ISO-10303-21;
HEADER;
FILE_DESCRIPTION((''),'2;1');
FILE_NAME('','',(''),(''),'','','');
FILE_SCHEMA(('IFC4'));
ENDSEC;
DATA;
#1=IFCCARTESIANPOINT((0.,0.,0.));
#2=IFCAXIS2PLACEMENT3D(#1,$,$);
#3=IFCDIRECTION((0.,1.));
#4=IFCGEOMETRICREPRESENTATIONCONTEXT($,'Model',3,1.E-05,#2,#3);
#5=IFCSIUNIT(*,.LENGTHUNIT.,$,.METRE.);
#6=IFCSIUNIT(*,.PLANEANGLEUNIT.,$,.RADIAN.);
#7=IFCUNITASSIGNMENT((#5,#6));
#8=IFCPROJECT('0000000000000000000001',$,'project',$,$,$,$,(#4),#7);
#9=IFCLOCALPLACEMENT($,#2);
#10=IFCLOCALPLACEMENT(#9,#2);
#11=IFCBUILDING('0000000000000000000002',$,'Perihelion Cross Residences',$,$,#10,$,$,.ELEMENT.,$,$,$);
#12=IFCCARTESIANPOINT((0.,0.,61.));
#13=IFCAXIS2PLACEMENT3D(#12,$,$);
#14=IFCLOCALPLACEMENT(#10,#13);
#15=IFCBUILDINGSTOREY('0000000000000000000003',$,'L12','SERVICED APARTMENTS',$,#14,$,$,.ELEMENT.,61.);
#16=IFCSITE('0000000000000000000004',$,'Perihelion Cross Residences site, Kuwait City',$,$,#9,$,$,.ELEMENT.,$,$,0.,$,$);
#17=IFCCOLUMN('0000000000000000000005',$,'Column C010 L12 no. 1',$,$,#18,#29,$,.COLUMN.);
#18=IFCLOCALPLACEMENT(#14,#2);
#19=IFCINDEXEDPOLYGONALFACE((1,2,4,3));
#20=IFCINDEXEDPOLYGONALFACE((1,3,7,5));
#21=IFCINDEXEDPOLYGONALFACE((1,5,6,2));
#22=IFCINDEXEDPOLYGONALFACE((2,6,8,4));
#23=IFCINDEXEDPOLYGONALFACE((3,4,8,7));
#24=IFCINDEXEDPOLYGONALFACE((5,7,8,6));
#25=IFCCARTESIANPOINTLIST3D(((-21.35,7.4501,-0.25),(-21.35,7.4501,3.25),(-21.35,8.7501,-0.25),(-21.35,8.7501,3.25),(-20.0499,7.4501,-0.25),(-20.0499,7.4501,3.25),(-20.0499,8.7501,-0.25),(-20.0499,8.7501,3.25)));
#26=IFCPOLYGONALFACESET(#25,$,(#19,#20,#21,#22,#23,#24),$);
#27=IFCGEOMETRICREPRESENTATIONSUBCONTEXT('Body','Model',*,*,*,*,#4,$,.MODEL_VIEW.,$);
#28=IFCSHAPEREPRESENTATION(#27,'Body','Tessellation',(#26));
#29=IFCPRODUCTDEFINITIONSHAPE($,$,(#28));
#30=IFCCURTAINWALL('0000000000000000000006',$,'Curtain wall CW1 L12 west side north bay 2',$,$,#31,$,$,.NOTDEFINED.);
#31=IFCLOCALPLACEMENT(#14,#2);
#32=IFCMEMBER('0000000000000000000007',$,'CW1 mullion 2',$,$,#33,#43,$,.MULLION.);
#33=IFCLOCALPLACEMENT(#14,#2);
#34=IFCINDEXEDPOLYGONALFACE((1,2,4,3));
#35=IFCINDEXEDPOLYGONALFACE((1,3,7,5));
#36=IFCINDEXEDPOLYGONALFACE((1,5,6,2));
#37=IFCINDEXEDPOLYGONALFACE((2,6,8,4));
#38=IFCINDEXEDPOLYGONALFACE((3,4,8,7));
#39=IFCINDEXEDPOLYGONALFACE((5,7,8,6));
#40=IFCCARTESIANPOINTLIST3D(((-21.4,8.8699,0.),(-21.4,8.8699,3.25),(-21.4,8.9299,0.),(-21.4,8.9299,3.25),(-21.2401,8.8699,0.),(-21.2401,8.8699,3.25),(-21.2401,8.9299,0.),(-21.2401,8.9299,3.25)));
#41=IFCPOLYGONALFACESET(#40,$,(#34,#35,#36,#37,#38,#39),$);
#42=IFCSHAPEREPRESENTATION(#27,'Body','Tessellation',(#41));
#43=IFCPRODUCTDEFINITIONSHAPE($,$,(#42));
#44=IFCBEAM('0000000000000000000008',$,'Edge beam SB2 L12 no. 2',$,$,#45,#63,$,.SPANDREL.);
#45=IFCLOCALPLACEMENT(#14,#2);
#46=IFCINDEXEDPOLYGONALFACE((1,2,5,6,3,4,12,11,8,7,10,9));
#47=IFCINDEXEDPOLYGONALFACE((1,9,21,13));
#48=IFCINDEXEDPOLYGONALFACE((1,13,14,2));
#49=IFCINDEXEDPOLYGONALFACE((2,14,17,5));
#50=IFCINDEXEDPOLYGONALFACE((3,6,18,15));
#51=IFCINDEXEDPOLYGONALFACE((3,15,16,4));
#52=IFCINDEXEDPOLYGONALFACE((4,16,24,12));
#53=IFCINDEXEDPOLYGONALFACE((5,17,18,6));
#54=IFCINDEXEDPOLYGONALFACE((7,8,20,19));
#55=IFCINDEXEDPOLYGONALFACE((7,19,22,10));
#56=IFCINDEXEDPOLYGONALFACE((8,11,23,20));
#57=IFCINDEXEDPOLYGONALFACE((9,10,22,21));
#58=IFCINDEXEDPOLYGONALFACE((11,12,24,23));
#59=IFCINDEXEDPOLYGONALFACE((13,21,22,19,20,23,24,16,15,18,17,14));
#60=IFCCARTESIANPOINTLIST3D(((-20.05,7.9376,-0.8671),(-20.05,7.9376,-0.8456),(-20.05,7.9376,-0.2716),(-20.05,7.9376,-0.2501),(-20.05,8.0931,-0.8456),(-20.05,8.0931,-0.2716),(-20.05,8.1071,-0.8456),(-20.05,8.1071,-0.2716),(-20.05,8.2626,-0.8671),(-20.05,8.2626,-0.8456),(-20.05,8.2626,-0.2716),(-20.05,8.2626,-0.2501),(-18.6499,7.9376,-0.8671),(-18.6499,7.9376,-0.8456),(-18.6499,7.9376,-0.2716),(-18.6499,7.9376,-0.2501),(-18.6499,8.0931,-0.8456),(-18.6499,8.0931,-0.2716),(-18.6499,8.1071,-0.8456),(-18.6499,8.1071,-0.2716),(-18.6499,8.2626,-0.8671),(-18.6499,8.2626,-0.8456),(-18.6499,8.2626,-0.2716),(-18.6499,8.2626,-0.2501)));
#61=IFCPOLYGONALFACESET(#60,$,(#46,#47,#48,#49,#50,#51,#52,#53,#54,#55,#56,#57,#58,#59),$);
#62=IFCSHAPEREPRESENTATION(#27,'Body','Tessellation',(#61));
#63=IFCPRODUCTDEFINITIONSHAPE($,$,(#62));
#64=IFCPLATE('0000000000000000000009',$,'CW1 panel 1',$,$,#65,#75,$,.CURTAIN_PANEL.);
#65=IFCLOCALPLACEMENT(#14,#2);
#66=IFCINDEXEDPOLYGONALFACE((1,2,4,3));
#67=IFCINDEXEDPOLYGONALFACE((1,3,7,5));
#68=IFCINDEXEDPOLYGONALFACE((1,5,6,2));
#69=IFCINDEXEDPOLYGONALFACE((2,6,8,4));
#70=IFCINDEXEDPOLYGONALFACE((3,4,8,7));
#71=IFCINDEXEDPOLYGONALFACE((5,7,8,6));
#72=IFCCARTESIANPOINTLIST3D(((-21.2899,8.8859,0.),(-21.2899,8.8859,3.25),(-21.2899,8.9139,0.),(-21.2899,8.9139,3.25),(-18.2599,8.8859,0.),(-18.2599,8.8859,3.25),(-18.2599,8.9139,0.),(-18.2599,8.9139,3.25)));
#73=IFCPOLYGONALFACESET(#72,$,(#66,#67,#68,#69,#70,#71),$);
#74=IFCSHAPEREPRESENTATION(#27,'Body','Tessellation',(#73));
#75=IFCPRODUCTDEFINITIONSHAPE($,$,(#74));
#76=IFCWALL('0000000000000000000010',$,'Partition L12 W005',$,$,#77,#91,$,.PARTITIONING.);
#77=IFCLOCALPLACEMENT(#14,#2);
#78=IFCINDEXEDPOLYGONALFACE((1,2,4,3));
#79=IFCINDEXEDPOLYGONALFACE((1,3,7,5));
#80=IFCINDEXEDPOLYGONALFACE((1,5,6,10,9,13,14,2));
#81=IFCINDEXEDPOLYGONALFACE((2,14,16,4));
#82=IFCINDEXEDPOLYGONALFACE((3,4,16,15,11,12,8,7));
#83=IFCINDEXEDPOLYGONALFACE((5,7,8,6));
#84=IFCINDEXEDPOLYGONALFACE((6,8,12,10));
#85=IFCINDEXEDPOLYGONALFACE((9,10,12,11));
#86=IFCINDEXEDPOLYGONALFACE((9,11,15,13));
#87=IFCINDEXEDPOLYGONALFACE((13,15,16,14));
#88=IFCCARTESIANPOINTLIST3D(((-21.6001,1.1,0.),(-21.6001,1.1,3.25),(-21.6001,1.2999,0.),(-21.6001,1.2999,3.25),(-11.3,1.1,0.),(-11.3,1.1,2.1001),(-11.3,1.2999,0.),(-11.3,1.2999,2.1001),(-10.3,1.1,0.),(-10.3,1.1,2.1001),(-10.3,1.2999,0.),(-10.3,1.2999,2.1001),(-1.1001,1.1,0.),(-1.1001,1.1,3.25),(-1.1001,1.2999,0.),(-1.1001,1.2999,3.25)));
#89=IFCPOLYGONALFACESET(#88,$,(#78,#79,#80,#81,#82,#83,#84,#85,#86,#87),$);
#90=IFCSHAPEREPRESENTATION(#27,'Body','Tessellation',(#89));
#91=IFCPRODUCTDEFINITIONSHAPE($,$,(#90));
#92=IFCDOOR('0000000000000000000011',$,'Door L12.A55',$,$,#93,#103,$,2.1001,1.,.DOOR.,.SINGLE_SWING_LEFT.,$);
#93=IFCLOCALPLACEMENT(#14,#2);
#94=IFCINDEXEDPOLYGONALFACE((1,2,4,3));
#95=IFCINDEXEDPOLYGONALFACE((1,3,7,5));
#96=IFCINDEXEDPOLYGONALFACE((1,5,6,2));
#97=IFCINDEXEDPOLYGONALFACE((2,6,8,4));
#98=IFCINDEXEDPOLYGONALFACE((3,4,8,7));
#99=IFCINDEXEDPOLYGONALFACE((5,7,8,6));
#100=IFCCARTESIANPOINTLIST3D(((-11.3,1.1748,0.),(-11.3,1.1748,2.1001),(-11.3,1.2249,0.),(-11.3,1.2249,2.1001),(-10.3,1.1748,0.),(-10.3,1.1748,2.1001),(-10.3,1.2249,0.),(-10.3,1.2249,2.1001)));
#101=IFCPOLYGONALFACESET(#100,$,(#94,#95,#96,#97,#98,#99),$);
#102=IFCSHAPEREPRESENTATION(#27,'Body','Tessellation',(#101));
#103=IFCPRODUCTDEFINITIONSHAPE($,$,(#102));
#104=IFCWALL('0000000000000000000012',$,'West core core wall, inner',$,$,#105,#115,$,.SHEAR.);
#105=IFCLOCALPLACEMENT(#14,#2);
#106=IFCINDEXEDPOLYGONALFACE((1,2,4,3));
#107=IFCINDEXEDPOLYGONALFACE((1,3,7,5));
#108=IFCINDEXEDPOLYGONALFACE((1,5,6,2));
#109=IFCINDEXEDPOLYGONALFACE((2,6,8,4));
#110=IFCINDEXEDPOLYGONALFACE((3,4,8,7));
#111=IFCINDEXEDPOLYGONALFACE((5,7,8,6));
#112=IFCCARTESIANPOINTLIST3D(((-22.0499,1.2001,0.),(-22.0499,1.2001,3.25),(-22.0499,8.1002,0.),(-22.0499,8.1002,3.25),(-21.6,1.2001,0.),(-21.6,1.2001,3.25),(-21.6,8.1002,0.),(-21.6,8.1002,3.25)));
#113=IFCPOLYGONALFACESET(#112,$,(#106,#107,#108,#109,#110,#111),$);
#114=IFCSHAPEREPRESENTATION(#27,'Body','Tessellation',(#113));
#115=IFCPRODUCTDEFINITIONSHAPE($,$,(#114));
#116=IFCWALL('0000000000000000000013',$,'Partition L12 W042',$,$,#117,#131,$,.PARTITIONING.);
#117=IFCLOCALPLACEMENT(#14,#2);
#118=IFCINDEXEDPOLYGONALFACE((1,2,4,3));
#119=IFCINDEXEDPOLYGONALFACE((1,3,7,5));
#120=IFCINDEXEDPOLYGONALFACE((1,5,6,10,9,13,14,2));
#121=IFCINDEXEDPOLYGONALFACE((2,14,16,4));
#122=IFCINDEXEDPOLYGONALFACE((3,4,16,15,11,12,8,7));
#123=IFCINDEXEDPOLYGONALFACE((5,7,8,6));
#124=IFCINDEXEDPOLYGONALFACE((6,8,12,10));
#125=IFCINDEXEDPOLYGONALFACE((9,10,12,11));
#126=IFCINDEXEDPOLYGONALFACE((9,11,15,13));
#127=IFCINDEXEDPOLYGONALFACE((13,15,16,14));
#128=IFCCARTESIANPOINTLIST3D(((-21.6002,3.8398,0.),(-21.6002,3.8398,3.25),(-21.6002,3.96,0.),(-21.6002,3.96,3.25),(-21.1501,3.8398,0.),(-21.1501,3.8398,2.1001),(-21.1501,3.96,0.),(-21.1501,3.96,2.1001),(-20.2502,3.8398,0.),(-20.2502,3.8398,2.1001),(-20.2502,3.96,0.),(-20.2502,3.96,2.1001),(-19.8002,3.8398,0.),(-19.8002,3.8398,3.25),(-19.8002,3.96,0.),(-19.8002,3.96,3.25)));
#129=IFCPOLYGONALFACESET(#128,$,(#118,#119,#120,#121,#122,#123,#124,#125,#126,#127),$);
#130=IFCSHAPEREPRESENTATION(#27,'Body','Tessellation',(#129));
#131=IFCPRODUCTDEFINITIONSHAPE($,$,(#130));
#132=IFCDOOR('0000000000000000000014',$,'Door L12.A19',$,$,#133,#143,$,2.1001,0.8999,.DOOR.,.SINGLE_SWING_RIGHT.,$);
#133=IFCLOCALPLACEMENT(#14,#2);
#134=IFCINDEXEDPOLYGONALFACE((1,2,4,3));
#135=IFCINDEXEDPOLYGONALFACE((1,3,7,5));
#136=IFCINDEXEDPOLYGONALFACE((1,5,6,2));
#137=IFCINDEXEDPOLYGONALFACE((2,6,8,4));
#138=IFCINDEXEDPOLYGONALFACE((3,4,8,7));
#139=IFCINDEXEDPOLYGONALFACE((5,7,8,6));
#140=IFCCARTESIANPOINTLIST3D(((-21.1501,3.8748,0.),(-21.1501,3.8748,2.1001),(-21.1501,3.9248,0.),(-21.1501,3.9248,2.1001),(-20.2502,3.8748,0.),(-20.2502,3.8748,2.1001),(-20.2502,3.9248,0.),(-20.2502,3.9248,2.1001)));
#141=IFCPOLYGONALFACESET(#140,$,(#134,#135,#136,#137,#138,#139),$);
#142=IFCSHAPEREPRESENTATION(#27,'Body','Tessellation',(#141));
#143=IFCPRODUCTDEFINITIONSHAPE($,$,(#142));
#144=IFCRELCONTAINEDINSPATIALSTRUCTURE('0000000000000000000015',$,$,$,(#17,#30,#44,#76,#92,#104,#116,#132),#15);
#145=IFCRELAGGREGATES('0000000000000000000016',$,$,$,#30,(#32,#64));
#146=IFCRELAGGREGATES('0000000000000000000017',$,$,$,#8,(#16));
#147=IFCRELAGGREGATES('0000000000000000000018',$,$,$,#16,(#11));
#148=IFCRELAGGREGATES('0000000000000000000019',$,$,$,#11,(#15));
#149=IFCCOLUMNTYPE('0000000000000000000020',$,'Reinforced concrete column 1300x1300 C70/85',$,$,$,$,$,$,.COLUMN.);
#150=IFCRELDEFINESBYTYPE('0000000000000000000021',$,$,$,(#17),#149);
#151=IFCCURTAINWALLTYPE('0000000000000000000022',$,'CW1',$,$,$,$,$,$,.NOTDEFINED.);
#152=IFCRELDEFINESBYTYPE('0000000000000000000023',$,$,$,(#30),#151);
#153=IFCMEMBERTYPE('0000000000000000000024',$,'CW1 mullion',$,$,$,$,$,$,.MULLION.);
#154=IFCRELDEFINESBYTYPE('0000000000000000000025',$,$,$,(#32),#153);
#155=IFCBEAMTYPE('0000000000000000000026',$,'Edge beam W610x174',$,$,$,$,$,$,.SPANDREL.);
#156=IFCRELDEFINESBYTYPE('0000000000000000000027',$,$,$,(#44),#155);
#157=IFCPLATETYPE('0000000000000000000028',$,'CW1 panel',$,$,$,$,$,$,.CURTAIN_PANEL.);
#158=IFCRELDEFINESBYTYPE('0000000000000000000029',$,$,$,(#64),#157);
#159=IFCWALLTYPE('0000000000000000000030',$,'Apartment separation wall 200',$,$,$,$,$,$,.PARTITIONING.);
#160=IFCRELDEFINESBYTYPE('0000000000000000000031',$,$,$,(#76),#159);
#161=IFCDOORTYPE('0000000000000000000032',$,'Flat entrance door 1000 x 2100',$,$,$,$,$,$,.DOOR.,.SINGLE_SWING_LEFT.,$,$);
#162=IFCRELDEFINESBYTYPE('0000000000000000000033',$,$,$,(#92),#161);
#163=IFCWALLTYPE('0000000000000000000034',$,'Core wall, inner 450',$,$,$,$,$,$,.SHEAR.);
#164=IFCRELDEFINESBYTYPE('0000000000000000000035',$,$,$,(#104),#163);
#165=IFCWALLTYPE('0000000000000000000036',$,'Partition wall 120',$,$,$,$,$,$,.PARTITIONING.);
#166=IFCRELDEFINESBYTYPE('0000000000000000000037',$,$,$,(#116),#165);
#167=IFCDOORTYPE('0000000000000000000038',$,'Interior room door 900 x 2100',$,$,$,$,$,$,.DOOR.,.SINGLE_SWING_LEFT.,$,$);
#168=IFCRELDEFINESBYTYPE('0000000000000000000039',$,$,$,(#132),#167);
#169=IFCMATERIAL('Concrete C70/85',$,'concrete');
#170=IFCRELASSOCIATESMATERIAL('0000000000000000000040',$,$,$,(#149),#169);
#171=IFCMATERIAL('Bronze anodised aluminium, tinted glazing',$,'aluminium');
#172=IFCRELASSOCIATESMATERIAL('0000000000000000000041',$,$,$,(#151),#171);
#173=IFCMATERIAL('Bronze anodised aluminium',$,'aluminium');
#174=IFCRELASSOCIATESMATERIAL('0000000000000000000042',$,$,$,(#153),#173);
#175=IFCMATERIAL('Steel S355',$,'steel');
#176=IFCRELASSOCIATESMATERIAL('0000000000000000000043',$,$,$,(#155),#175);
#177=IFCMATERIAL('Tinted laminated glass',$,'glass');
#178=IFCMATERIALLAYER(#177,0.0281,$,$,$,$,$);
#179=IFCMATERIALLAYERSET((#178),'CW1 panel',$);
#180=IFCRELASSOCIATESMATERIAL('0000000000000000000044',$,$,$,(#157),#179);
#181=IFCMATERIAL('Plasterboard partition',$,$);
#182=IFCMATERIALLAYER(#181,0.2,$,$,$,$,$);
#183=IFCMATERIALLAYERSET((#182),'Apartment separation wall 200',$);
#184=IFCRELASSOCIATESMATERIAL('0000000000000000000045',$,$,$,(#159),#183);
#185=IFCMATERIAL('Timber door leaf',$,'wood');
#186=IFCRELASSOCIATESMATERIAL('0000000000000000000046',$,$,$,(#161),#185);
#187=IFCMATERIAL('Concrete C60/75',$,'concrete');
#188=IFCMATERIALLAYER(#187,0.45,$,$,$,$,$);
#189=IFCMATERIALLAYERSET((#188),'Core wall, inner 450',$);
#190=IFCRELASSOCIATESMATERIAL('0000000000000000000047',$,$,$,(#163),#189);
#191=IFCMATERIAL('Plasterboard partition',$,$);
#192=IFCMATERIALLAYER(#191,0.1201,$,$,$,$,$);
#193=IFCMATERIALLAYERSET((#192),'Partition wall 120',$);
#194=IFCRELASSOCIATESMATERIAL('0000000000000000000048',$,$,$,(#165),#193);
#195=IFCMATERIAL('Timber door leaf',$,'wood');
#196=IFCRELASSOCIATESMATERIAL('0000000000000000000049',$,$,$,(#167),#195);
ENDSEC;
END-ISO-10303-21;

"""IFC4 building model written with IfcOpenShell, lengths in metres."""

from ifc_helpers import new_model, si_unit, direction, frame, frame_2d, origin, origin_2d, place, context, subcontext, project, spatial, rectangle, i_section, extrude, material, layer, layer_set, material_profile, profile_set, type_object, element, fill, aggregate, save


model = new_model("IFC4")

# Units and contexts
model_context = context("Model", 3, precision=1e-05, world=origin(), true_north=direction((0.0, 1.0)))
body_context = subcontext(model_context, "Body", "Model", "MODEL_VIEW")
ifc_project = project(units=[si_unit("LENGTHUNIT", "METRE"), si_unit("PLANEANGLEUNIT", "RADIAN")], contexts=[model_context])

# Site, building, storey
site_placement = place(None, origin())
site = spatial("IfcSite", under=ifc_project, at=site_placement, Name="Perihelion Cross Residences site, Kuwait City", CompositionType="ELEMENT", RefElevation=0.0)
building_placement = place(site_placement, origin())
building = spatial("IfcBuilding", under=site, at=building_placement, Name="Perihelion Cross Residences", CompositionType="ELEMENT")
storey_placement = place(building_placement, frame((0.0, 0.0, 61.0)))
storey = spatial("IfcBuildingStorey", under=building, at=storey_placement, Name="L12", Description="SERVICED APARTMENTS", CompositionType="ELEMENT", Elevation=61.0)

# Column
ifc_material_1 = material(Name="Concrete C70/85", Category="concrete")
ifc_material_profile_1 = material_profile(ifc_material_1, rectangle(XDim=1.3, YDim=1.3, at=origin_2d()), Name="RC 1300x1300")
ifc_profile_set_1 = profile_set([ifc_material_profile_1], Name="Concrete C70/85")
column_type = type_object("IfcColumnType", Name="Reinforced concrete column 1300x1300 C70/85", PredefinedType="COLUMN", material=ifc_profile_set_1)
column_placement = place(storey_placement, frame((-20.7, 8.1001, -0.25), z_axis=(0.0, 0.0, 1.0), x_axis=(1.0, 0.0, 0.0)))
element("IfcColumn", 1, at=column_placement, inside=storey, type_object=column_type, Name="Column C010 L12 no. 1", PredefinedType="COLUMN", context=body_context, shape_type="SweptSolid", body=[
    extrude(rectangle(XDim=1.3, YDim=1.3, at=origin_2d()), origin(), (0.0, 0.0, 1.0), 3.5),
])

# Curtain wall, member
ifc_material_2 = material(Name="Bronze anodised aluminium, tinted glazing", Category="aluminium")
curtain_wall_type = type_object("IfcCurtainWallType", Name="CW1", PredefinedType="NOTDEFINED", material=ifc_material_2)
curtain_wall_placement = place(storey_placement, origin())
curtain_wall = element("IfcCurtainWall", 2, at=curtain_wall_placement, inside=storey, type_object=curtain_wall_type, Name="Curtain wall CW1 L12 west side north bay 2", PredefinedType="NOTDEFINED")
ifc_material_3 = material(Name="Bronze anodised aluminium", Category="aluminium")
ifc_material_profile_2 = material_profile(ifc_material_3, rectangle(XDim=0.0601, YDim=0.1599, at=origin_2d()), Name="CW1 mullion")
ifc_profile_set_2 = profile_set([ifc_material_profile_2], Name="Bronze anodised aluminium")
member_type = type_object("IfcMemberType", Name="CW1 mullion", PredefinedType="MULLION", material=ifc_profile_set_2)
member_placement = place(storey_placement, frame((-21.3201, 8.8999, 0.0), z_axis=(0.0, 0.0, 1.0), x_axis=(0.0, -1.0, 0.0)))
member = element("IfcMember", 3, at=member_placement, type_object=member_type, Name="CW1 mullion 2", PredefinedType="MULLION", context=body_context, shape_type="SweptSolid", body=[
    extrude(rectangle(XDim=0.0601, YDim=0.1599, at=origin_2d()), origin(), (0.0, 0.0, 1.0), 3.25),
])

# Beam
ifc_material_4 = material(Name="Steel S355", Category="steel")
ifc_material_profile_3 = material_profile(ifc_material_4, i_section(OverallWidth=0.325, OverallDepth=0.6169, WebThickness=0.0139, FlangeThickness=0.0215, at=origin_2d()), Name="W610x174")
ifc_profile_set_3 = profile_set([ifc_material_profile_3], Name="Steel S355")
beam_type = type_object("IfcBeamType", Name="Edge beam W610x174", PredefinedType="SPANDREL", material=ifc_profile_set_3)
beam_placement = place(storey_placement, frame((-18.6499, 8.1001, -0.5586), z_axis=(-1.0, 0.0, 0.0), x_axis=(0.0, -1.0, 0.0)))
element("IfcBeam", 4, at=beam_placement, inside=storey, type_object=beam_type, Name="Edge beam SB2 L12 no. 2", PredefinedType="SPANDREL", context=body_context, shape_type="SweptSolid", body=[
    extrude(i_section(OverallWidth=0.325, OverallDepth=0.6169, WebThickness=0.0139, FlangeThickness=0.0215, at=origin_2d()), origin(), (0.0, 0.0, 1.0), 1.4001),
])

# Plate
ifc_material_5 = material(Name="Tinted laminated glass", Category="glass")
ifc_layer_1 = layer(ifc_material_5, 0.0281)
ifc_layer_set_1 = layer_set([ifc_layer_1], Name="CW1 panel")
plate_type = type_object("IfcPlateType", Name="CW1 panel", PredefinedType="CURTAIN_PANEL", material=ifc_layer_set_1)
plate_placement = place(storey_placement, frame((-19.7749, 8.8999, 0.0), z_axis=(0.0, 0.0, 1.0), x_axis=(-1.0, 0.0, 0.0)))
plate = element("IfcPlate", 5, at=plate_placement, type_object=plate_type, Name="CW1 panel 1", PredefinedType="CURTAIN_PANEL", context=body_context, shape_type="SweptSolid", body=[
    extrude(rectangle(XDim=3.03, YDim=0.0281, at=origin_2d()), origin(), (0.0, 0.0, 1.0), 3.25),
])
aggregate(curtain_wall, [member, plate])

# Wall, opening, door
ifc_material_6 = material(Name="Plasterboard partition")
ifc_layer_2 = layer(ifc_material_6, 0.2)
ifc_layer_set_2 = layer_set([ifc_layer_2], Name="Apartment separation wall 200")
wall_type_1 = type_object("IfcWallType", Name="Apartment separation wall 200", PredefinedType="PARTITIONING", material=ifc_layer_set_2)
wall_1_placement = place(storey_placement, frame((-21.6001, 1.2, 0.0), z_axis=(0.0, 0.0, 1.0), x_axis=(1.0, 0.0, 0.0)))
wall_1 = element("IfcWall", 6, at=wall_1_placement, inside=storey, type_object=wall_type_1, Name="Partition L12 W005", PredefinedType="PARTITIONING", context=body_context, shape_type="SweptSolid", body=[
    extrude(rectangle(XDim=20.5, YDim=0.2, at=frame_2d((10.25, 0.0))), origin(), (0.0, 0.0, 1.0), 3.25),
])
opening_1_placement = place(wall_1_placement, frame((10.3, 0.0, 0.0)))
opening_1 = element("IfcOpeningElement", 7, at=opening_1_placement, cuts=wall_1, PredefinedType="OPENING", context=body_context, shape_type="SweptSolid", body=[
    extrude(rectangle(XDim=1.0, YDim=2.1001, at=frame_2d((0.5, 1.05))), frame((0.0, 0.1099, 0.0), z_axis=(0.0, -1.0, 0.0), x_axis=(1.0, 0.0, 0.0)), (0.0, 0.0, 1.0), 0.22),
])
ifc_material_7 = material(Name="Timber door leaf", Category="wood")
door_type_1 = type_object("IfcDoorType", Name="Flat entrance door 1000 x 2100", OperationType="SINGLE_SWING_LEFT", PredefinedType="DOOR", material=ifc_material_7)
door_1_placement = place(opening_1_placement, origin())
door_1 = element("IfcDoor", 8, at=door_1_placement, inside=storey, type_object=door_type_1, Name="Door L12.A55", OperationType="SINGLE_SWING_LEFT", OverallHeight=2.1001, OverallWidth=1.0, PredefinedType="DOOR", context=body_context, shape_type="SweptSolid", body=[
    extrude(rectangle(XDim=1.0, YDim=2.1001, at=frame_2d((0.5, 1.05))), frame((0.0, 0.0249, 0.0), z_axis=(0.0, -1.0, 0.0), x_axis=(1.0, 0.0, 0.0)), (0.0, 0.0, 1.0), 0.05),
])
fill(opening_1, door_1)

# Wall
ifc_material_8 = material(Name="Concrete C60/75", Category="concrete")
ifc_layer_3 = layer(ifc_material_8, 0.45)
ifc_layer_set_3 = layer_set([ifc_layer_3], Name="Core wall, inner 450")
wall_type_2 = type_object("IfcWallType", Name="Core wall, inner 450", PredefinedType="SHEAR", material=ifc_layer_set_3)
wall_2_placement = place(storey_placement, frame((-21.825, 1.2, 0.0), z_axis=(0.0, 0.0, 1.0), x_axis=(0.0, 1.0, 0.0)))
element("IfcWall", 9, at=wall_2_placement, inside=storey, type_object=wall_type_2, Name="West core core wall, inner", PredefinedType="SHEAR", context=body_context, shape_type="SweptSolid", body=[
    extrude(rectangle(XDim=6.9001, YDim=0.45, at=frame_2d((3.4502, 0.0))), origin(), (0.0, 0.0, 1.0), 3.25),
])

# Wall, opening, door
ifc_material_9 = material(Name="Plasterboard partition")
ifc_layer_4 = layer(ifc_material_9, 0.1201)
ifc_layer_set_4 = layer_set([ifc_layer_4], Name="Partition wall 120")
wall_type_3 = type_object("IfcWallType", Name="Partition wall 120", PredefinedType="PARTITIONING", material=ifc_layer_set_4)
wall_3_placement = place(storey_placement, frame((-21.6001, 3.8999, 0.0), z_axis=(0.0, 0.0, 1.0), x_axis=(1.0, 0.0, 0.0)))
wall_3 = element("IfcWall", 10, at=wall_3_placement, inside=storey, type_object=wall_type_3, Name="Partition L12 W042", PredefinedType="PARTITIONING", context=body_context, shape_type="SweptSolid", body=[
    extrude(rectangle(XDim=1.8, YDim=0.1201, at=frame_2d((0.8999, 0.0))), origin(), (0.0, 0.0, 1.0), 3.25),
])
opening_2_placement = place(wall_3_placement, frame((0.45, 0.0, 0.0)))
opening_2 = element("IfcOpeningElement", 11, at=opening_2_placement, cuts=wall_3, PredefinedType="OPENING", context=body_context, shape_type="SweptSolid", body=[
    extrude(rectangle(XDim=0.8999, YDim=2.1001, at=frame_2d((0.45, 1.05))), frame((0.0, 0.0701, 0.0), z_axis=(0.0, -1.0, 0.0), x_axis=(1.0, 0.0, 0.0)), (0.0, 0.0, 1.0), 0.1401),
])
ifc_material_10 = material(Name="Timber door leaf", Category="wood")
door_type_2 = type_object("IfcDoorType", Name="Interior room door 900 x 2100", OperationType="SINGLE_SWING_LEFT", PredefinedType="DOOR", material=ifc_material_10)
door_2_placement = place(opening_2_placement, origin())
door_2 = element("IfcDoor", 12, at=door_2_placement, inside=storey, type_object=door_type_2, Name="Door L12.A19", OperationType="SINGLE_SWING_RIGHT", OverallHeight=2.1001, OverallWidth=0.8999, PredefinedType="DOOR", context=body_context, shape_type="SweptSolid", body=[
    extrude(rectangle(XDim=0.8999, YDim=2.1001, at=frame_2d((0.45, 1.05))), frame((0.0, 0.0249, 0.0), z_axis=(0.0, -1.0, 0.0), x_axis=(1.0, 0.0, 0.0)), (0.0, 0.0, 1.0), 0.05),
])
fill(opening_2, door_2)

save(model, "model.ifc")
